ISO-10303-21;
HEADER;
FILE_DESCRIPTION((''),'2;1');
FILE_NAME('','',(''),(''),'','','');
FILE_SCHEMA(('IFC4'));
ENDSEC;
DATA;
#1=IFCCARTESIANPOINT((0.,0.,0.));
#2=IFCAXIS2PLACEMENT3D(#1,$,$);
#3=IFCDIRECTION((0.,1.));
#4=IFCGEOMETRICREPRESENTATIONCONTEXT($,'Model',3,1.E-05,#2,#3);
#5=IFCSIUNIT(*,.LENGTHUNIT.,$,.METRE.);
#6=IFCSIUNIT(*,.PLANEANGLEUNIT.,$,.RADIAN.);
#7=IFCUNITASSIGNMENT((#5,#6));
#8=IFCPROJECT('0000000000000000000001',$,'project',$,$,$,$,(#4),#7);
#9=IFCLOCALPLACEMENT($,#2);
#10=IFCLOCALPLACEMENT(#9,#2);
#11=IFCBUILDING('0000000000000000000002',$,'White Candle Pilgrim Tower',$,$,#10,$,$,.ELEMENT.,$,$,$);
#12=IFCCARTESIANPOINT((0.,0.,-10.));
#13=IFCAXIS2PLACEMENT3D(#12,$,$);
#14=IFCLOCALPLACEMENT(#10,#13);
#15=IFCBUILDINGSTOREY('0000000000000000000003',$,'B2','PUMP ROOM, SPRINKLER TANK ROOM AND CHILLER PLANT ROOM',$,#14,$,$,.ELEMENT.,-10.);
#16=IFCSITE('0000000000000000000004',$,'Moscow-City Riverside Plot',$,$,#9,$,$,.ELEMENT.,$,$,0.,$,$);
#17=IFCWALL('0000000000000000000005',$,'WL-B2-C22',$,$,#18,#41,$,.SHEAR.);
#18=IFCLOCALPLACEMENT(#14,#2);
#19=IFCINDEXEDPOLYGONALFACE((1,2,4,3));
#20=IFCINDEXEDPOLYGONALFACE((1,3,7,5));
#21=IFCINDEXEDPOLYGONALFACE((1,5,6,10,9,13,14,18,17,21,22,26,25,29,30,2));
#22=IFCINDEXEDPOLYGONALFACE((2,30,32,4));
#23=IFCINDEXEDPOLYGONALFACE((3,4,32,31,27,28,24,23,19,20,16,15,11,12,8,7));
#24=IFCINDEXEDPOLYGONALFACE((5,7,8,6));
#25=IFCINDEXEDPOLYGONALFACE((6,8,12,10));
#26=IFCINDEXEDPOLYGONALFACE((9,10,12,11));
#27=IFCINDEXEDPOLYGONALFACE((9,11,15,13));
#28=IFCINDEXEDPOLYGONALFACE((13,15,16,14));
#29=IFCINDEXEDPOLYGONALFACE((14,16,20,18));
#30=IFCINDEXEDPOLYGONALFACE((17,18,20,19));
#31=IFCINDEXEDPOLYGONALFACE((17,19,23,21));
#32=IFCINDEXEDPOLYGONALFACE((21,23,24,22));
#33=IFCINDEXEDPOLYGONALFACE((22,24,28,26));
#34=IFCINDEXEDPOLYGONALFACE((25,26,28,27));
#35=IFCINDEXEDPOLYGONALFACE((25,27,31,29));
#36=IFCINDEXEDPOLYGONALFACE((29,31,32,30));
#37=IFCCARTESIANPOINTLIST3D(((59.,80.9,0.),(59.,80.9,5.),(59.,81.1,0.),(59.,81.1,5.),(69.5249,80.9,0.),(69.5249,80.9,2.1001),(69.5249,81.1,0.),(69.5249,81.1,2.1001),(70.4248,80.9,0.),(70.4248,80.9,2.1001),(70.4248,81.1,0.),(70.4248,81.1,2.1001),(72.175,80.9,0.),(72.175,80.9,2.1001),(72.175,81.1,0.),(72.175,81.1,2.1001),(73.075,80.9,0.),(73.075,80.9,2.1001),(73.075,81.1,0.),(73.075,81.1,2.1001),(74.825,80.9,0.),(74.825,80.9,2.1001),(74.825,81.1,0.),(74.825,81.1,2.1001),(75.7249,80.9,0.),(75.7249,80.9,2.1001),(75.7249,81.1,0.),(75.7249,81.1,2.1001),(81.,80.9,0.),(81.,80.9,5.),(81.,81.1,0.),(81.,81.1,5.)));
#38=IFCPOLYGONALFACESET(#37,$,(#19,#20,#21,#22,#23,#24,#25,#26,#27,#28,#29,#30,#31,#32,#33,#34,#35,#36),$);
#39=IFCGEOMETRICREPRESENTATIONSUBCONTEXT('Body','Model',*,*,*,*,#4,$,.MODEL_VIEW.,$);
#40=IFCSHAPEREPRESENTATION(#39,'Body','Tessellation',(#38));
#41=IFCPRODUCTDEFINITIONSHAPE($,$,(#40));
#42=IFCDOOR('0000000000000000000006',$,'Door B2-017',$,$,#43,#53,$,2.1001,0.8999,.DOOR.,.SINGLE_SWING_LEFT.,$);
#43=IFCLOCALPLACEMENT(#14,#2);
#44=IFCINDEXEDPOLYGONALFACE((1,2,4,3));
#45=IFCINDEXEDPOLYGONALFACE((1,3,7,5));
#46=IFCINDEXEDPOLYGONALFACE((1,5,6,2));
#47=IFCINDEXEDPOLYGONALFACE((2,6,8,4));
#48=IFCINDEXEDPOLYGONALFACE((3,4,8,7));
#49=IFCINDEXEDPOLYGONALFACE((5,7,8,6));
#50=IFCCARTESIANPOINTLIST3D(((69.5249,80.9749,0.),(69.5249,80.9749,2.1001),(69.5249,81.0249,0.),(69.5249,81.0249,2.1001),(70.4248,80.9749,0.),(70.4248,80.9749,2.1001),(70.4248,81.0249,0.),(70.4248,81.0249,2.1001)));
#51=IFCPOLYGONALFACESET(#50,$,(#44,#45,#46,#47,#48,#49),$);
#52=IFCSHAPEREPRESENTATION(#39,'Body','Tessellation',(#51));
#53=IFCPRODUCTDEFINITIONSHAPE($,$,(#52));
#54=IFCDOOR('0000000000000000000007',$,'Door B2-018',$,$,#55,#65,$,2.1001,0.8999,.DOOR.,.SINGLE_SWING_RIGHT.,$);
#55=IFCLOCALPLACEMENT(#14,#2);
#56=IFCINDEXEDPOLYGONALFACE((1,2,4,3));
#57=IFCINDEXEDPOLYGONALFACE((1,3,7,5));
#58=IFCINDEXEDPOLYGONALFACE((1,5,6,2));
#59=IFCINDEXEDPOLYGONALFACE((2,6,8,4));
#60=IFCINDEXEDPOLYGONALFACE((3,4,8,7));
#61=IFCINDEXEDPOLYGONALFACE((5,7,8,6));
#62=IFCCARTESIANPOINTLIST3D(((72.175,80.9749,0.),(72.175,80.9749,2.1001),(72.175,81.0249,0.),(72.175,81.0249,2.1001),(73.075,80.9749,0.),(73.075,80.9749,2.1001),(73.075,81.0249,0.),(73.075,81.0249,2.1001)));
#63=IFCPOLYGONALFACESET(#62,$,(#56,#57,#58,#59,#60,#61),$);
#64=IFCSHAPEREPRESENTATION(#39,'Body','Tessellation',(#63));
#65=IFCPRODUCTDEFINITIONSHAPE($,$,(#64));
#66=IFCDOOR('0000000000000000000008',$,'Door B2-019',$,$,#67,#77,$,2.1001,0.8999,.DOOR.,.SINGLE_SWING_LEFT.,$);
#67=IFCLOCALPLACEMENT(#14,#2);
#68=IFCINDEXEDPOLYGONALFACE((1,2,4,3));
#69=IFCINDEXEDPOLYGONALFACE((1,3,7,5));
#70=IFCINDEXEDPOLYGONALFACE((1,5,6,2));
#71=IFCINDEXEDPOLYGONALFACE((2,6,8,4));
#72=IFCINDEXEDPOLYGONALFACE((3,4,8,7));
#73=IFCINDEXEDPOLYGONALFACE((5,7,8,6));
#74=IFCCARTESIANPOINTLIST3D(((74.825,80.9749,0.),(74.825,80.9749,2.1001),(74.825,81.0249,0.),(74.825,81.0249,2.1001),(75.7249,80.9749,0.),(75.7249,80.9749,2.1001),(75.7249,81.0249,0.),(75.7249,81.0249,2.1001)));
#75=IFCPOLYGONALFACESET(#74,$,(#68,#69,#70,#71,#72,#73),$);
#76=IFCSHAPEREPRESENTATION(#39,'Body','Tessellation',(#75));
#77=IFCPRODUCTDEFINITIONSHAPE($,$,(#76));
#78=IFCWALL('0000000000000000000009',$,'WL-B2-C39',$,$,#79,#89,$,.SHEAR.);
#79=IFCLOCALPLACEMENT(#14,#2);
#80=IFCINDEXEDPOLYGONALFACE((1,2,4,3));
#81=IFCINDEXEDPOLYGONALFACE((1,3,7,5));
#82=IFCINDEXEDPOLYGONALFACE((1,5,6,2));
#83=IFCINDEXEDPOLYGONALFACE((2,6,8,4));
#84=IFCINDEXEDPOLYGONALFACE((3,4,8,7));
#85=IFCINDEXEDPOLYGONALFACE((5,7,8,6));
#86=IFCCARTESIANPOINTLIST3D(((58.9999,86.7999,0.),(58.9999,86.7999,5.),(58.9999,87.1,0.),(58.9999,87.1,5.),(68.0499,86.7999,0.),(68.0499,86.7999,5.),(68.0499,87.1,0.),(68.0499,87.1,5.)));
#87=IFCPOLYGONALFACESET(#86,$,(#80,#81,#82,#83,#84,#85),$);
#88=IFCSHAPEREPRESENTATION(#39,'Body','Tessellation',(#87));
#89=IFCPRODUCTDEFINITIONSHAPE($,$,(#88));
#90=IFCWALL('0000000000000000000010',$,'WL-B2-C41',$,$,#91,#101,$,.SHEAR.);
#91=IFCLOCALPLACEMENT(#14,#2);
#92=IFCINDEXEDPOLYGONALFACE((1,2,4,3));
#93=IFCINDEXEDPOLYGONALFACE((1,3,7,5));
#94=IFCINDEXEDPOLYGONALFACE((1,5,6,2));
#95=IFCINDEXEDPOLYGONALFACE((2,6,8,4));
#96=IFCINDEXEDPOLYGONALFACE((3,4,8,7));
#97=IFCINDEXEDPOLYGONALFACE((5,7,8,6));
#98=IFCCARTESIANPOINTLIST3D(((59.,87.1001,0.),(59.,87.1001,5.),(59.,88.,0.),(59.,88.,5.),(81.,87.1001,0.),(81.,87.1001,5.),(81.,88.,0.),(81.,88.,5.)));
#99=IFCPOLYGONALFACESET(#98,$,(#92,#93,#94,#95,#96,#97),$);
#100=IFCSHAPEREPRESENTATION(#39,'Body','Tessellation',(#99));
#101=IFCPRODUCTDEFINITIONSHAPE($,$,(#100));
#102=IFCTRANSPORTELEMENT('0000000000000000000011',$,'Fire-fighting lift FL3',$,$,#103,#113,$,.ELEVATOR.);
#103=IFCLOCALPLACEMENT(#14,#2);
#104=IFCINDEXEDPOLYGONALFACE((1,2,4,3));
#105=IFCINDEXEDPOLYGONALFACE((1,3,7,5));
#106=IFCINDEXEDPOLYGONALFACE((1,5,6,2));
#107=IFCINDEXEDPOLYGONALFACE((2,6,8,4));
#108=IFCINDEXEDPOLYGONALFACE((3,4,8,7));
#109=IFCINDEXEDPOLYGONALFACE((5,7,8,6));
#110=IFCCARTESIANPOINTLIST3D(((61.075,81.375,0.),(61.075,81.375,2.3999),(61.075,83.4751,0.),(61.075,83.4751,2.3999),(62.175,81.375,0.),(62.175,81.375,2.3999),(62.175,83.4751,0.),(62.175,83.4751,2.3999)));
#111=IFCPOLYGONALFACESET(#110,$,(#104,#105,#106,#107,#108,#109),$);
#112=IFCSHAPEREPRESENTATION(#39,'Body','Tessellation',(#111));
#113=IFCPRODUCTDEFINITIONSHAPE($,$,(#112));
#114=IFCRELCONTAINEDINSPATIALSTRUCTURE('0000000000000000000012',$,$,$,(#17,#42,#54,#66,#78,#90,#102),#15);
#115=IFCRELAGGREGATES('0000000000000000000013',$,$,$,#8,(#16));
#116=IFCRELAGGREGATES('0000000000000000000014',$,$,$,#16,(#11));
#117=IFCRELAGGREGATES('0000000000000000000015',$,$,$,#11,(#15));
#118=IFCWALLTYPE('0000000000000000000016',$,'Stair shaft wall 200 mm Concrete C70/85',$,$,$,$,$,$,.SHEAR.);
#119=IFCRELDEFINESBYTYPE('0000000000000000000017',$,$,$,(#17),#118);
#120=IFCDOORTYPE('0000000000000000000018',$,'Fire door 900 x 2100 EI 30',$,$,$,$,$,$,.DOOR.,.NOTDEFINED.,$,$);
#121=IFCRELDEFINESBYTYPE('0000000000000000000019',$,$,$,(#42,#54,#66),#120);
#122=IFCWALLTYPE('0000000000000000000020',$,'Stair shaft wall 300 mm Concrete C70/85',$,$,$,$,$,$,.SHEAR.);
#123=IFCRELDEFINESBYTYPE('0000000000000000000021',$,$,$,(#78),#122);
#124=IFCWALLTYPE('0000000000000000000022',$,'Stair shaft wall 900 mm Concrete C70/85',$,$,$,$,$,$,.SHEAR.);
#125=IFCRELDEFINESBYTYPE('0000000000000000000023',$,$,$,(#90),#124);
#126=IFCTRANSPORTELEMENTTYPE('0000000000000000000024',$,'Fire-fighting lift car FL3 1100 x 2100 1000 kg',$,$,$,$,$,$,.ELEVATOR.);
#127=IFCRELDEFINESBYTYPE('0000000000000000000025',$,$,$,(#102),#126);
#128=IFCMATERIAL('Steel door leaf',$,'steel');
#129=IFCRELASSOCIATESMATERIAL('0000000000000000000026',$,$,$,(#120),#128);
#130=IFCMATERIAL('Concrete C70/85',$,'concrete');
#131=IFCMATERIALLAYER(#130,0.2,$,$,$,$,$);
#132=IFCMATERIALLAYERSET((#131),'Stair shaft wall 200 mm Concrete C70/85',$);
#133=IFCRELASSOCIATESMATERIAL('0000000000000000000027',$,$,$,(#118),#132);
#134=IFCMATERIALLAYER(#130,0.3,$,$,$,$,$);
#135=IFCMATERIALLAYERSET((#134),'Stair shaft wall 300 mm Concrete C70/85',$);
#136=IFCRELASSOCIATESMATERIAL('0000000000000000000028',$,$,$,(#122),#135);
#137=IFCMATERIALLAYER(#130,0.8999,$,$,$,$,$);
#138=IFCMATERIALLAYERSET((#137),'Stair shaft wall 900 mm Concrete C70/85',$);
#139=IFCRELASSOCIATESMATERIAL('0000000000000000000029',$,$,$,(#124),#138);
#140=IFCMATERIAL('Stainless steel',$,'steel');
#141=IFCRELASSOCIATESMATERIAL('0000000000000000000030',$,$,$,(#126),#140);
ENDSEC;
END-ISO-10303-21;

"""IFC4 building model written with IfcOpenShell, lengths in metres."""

from ifc_helpers import new_model, si_unit, direction, frame, frame_2d, origin, origin_2d, place, context, subcontext, project, spatial, rectangle, extrude, material, layer, layer_set, type_object, element, fill, save


model = new_model("IFC4")

# Units and contexts
model_context = context("Model", 3, precision=1e-05, world=origin(), true_north=direction((0.0, 1.0)))
body_context = subcontext(model_context, "Body", "Model", "MODEL_VIEW")
ifc_project = project(units=[si_unit("LENGTHUNIT", "METRE"), si_unit("PLANEANGLEUNIT", "RADIAN")], contexts=[model_context])

# Site, building, storey
site_placement = place(None, origin())
site = spatial("IfcSite", under=ifc_project, at=site_placement, Name="Moscow-City Riverside Plot", CompositionType="ELEMENT", RefElevation=0.0)
building_placement = place(site_placement, origin())
building = spatial("IfcBuilding", under=site, at=building_placement, Name="White Candle Pilgrim Tower", CompositionType="ELEMENT")
storey_placement = place(building_placement, frame((0.0, 0.0, -10.0)))
storey = spatial("IfcBuildingStorey", under=building, at=storey_placement, Name="B2", Description="PUMP ROOM, SPRINKLER TANK ROOM AND CHILLER PLANT ROOM", CompositionType="ELEMENT", Elevation=-10.0)

# Shared definitions
ifc_material_1 = material(Name="Concrete C70/85", Category="concrete")
ifc_material_2 = material(Name="Steel door leaf", Category="steel")

# Shared definitions
ifc_material_3 = material(Name="Stainless steel", Category="steel")

# Shared definitions
door_type_1 = type_object("IfcDoorType", Name="Fire door 900 x 2100 EI 30", OperationType="NOTDEFINED", PredefinedType="DOOR", material=ifc_material_2)

# Wall, openings, doors
ifc_layer_1 = layer(ifc_material_1, 0.2)
ifc_layer_set_1 = layer_set([ifc_layer_1], Name="Stair shaft wall 200 mm Concrete C70/85")
wall_type_1 = type_object("IfcWallType", Name="Stair shaft wall 200 mm Concrete C70/85", PredefinedType="SHEAR", material=ifc_layer_set_1)
wall_1_placement = place(storey_placement, frame((59.0, 81.0, 0.0), z_axis=(0.0, 0.0, 1.0), x_axis=(1.0, 0.0, 0.0)))
wall_1 = element("IfcWall", 1, at=wall_1_placement, inside=storey, type_object=wall_type_1, Name="WL-B2-C22", PredefinedType="SHEAR", context=body_context, shape_type="SweptSolid", body=[
    extrude(rectangle(XDim=22.0, YDim=0.2, at=frame_2d((11.0, 0.0))), origin(), (0.0, 0.0, 1.0), 5.0),
])
opening_1_placement = place(wall_1_placement, frame((10.5249, 0.0, 0.0)))
opening_1 = element("IfcOpeningElement", 2, at=opening_1_placement, cuts=wall_1, PredefinedType="OPENING", context=body_context, shape_type="SweptSolid", body=[
    extrude(rectangle(XDim=0.8999, YDim=2.1001, at=frame_2d((0.45, 1.05))), frame((0.0, 0.1099, 0.0), z_axis=(0.0, -1.0, 0.0), x_axis=(1.0, 0.0, 0.0)), (0.0, 0.0, 1.0), 0.22),
])
opening_2_placement = place(wall_1_placement, frame((13.175, 0.0, 0.0)))
opening_2 = element("IfcOpeningElement", 3, at=opening_2_placement, cuts=wall_1, PredefinedType="OPENING", context=body_context, shape_type="SweptSolid", body=[
    extrude(rectangle(XDim=0.8999, YDim=2.1001, at=frame_2d((0.45, 1.05))), frame((0.0, 0.1099, 0.0), z_axis=(0.0, -1.0, 0.0), x_axis=(1.0, 0.0, 0.0)), (0.0, 0.0, 1.0), 0.22),
])
opening_3_placement = place(wall_1_placement, frame((15.825, 0.0, 0.0)))
opening_3 = element("IfcOpeningElement", 4, at=opening_3_placement, cuts=wall_1, PredefinedType="OPENING", context=body_context, shape_type="SweptSolid", body=[
    extrude(rectangle(XDim=0.8999, YDim=2.1001, at=frame_2d((0.45, 1.05))), frame((0.0, 0.1099, 0.0), z_axis=(0.0, -1.0, 0.0), x_axis=(1.0, 0.0, 0.0)), (0.0, 0.0, 1.0), 0.22),
])
door_1_placement = place(opening_1_placement, origin())
door_1 = element("IfcDoor", 5, at=door_1_placement, inside=storey, type_object=door_type_1, Name="Door B2-017", OperationType="SINGLE_SWING_LEFT", OverallHeight=2.1001, OverallWidth=0.8999, PredefinedType="DOOR", context=body_context, shape_type="SweptSolid", body=[
    extrude(rectangle(XDim=0.8999, YDim=2.1001, at=frame_2d((0.45, 1.05))), frame((0.0, 0.0249, 0.0), z_axis=(0.0, -1.0, 0.0), x_axis=(1.0, 0.0, 0.0)), (0.0, 0.0, 1.0), 0.05),
])
fill(opening_1, door_1)
door_2_placement = place(opening_2_placement, origin())
door_2 = element("IfcDoor", 6, at=door_2_placement, inside=storey, type_object=door_type_1, Name="Door B2-018", OperationType="SINGLE_SWING_RIGHT", OverallHeight=2.1001, OverallWidth=0.8999, PredefinedType="DOOR", context=body_context, shape_type="SweptSolid", body=[
    extrude(rectangle(XDim=0.8999, YDim=2.1001, at=frame_2d((0.45, 1.05))), frame((0.0, 0.0249, 0.0), z_axis=(0.0, -1.0, 0.0), x_axis=(1.0, 0.0, 0.0)), (0.0, 0.0, 1.0), 0.05),
])
fill(opening_2, door_2)
door_3_placement = place(opening_3_placement, origin())
door_3 = element("IfcDoor", 7, at=door_3_placement, inside=storey, type_object=door_type_1, Name="Door B2-019", OperationType="SINGLE_SWING_LEFT", OverallHeight=2.1001, OverallWidth=0.8999, PredefinedType="DOOR", context=body_context, shape_type="SweptSolid", body=[
    extrude(rectangle(XDim=0.8999, YDim=2.1001, at=frame_2d((0.45, 1.05))), frame((0.0, 0.0249, 0.0), z_axis=(0.0, -1.0, 0.0), x_axis=(1.0, 0.0, 0.0)), (0.0, 0.0, 1.0), 0.05),
])
fill(opening_3, door_3)

# Walls
ifc_layer_2 = layer(ifc_material_1, 0.3)
ifc_layer_set_2 = layer_set([ifc_layer_2], Name="Stair shaft wall 300 mm Concrete C70/85")
wall_type_2 = type_object("IfcWallType", Name="Stair shaft wall 300 mm Concrete C70/85", PredefinedType="SHEAR", material=ifc_layer_set_2)
wall_2_placement = place(storey_placement, frame((59.0, 86.95, 0.0), z_axis=(0.0, 0.0, 1.0), x_axis=(1.0, 0.0, 0.0)))
element("IfcWall", 8, at=wall_2_placement, inside=storey, type_object=wall_type_2, Name="WL-B2-C39", PredefinedType="SHEAR", context=body_context, shape_type="SweptSolid", body=[
    extrude(rectangle(XDim=9.05, YDim=0.3, at=frame_2d((4.5249, 0.0))), origin(), (0.0, 0.0, 1.0), 5.0),
])
ifc_layer_3 = layer(ifc_material_1, 0.8999)
ifc_layer_set_3 = layer_set([ifc_layer_3], Name="Stair shaft wall 900 mm Concrete C70/85")
wall_type_3 = type_object("IfcWallType", Name="Stair shaft wall 900 mm Concrete C70/85", PredefinedType="SHEAR", material=ifc_layer_set_3)
wall_3_placement = place(storey_placement, frame((59.0, 87.55, 0.0), z_axis=(0.0, 0.0, 1.0), x_axis=(1.0, 0.0, 0.0)))
element("IfcWall", 9, at=wall_3_placement, inside=storey, type_object=wall_type_3, Name="WL-B2-C41", PredefinedType="SHEAR", context=body_context, shape_type="SweptSolid", body=[
    extrude(rectangle(XDim=22.0, YDim=0.8999, at=frame_2d((11.0, 0.0))), origin(), (0.0, 0.0, 1.0), 5.0),
])

# Transport element
transport_element_type = type_object("IfcTransportElementType", Name="Fire-fighting lift car FL3 1100 x 2100 1000 kg", PredefinedType="ELEVATOR", material=ifc_material_3)
transport_element_placement = place(storey_placement, frame((61.625, 82.425, 0.0), z_axis=(0.0, 0.0, 1.0), x_axis=(1.0, 0.0, 0.0)))
element("IfcTransportElement", 10, at=transport_element_placement, inside=storey, type_object=transport_element_type, Name="Fire-fighting lift FL3", PredefinedType="ELEVATOR", context=body_context, shape_type="SweptSolid", body=[
    extrude(rectangle(XDim=1.1001, YDim=2.1001, at=origin_2d()), origin(), (0.0, 0.0, 1.0), 2.3999),
])

save(model, "model.ifc")
